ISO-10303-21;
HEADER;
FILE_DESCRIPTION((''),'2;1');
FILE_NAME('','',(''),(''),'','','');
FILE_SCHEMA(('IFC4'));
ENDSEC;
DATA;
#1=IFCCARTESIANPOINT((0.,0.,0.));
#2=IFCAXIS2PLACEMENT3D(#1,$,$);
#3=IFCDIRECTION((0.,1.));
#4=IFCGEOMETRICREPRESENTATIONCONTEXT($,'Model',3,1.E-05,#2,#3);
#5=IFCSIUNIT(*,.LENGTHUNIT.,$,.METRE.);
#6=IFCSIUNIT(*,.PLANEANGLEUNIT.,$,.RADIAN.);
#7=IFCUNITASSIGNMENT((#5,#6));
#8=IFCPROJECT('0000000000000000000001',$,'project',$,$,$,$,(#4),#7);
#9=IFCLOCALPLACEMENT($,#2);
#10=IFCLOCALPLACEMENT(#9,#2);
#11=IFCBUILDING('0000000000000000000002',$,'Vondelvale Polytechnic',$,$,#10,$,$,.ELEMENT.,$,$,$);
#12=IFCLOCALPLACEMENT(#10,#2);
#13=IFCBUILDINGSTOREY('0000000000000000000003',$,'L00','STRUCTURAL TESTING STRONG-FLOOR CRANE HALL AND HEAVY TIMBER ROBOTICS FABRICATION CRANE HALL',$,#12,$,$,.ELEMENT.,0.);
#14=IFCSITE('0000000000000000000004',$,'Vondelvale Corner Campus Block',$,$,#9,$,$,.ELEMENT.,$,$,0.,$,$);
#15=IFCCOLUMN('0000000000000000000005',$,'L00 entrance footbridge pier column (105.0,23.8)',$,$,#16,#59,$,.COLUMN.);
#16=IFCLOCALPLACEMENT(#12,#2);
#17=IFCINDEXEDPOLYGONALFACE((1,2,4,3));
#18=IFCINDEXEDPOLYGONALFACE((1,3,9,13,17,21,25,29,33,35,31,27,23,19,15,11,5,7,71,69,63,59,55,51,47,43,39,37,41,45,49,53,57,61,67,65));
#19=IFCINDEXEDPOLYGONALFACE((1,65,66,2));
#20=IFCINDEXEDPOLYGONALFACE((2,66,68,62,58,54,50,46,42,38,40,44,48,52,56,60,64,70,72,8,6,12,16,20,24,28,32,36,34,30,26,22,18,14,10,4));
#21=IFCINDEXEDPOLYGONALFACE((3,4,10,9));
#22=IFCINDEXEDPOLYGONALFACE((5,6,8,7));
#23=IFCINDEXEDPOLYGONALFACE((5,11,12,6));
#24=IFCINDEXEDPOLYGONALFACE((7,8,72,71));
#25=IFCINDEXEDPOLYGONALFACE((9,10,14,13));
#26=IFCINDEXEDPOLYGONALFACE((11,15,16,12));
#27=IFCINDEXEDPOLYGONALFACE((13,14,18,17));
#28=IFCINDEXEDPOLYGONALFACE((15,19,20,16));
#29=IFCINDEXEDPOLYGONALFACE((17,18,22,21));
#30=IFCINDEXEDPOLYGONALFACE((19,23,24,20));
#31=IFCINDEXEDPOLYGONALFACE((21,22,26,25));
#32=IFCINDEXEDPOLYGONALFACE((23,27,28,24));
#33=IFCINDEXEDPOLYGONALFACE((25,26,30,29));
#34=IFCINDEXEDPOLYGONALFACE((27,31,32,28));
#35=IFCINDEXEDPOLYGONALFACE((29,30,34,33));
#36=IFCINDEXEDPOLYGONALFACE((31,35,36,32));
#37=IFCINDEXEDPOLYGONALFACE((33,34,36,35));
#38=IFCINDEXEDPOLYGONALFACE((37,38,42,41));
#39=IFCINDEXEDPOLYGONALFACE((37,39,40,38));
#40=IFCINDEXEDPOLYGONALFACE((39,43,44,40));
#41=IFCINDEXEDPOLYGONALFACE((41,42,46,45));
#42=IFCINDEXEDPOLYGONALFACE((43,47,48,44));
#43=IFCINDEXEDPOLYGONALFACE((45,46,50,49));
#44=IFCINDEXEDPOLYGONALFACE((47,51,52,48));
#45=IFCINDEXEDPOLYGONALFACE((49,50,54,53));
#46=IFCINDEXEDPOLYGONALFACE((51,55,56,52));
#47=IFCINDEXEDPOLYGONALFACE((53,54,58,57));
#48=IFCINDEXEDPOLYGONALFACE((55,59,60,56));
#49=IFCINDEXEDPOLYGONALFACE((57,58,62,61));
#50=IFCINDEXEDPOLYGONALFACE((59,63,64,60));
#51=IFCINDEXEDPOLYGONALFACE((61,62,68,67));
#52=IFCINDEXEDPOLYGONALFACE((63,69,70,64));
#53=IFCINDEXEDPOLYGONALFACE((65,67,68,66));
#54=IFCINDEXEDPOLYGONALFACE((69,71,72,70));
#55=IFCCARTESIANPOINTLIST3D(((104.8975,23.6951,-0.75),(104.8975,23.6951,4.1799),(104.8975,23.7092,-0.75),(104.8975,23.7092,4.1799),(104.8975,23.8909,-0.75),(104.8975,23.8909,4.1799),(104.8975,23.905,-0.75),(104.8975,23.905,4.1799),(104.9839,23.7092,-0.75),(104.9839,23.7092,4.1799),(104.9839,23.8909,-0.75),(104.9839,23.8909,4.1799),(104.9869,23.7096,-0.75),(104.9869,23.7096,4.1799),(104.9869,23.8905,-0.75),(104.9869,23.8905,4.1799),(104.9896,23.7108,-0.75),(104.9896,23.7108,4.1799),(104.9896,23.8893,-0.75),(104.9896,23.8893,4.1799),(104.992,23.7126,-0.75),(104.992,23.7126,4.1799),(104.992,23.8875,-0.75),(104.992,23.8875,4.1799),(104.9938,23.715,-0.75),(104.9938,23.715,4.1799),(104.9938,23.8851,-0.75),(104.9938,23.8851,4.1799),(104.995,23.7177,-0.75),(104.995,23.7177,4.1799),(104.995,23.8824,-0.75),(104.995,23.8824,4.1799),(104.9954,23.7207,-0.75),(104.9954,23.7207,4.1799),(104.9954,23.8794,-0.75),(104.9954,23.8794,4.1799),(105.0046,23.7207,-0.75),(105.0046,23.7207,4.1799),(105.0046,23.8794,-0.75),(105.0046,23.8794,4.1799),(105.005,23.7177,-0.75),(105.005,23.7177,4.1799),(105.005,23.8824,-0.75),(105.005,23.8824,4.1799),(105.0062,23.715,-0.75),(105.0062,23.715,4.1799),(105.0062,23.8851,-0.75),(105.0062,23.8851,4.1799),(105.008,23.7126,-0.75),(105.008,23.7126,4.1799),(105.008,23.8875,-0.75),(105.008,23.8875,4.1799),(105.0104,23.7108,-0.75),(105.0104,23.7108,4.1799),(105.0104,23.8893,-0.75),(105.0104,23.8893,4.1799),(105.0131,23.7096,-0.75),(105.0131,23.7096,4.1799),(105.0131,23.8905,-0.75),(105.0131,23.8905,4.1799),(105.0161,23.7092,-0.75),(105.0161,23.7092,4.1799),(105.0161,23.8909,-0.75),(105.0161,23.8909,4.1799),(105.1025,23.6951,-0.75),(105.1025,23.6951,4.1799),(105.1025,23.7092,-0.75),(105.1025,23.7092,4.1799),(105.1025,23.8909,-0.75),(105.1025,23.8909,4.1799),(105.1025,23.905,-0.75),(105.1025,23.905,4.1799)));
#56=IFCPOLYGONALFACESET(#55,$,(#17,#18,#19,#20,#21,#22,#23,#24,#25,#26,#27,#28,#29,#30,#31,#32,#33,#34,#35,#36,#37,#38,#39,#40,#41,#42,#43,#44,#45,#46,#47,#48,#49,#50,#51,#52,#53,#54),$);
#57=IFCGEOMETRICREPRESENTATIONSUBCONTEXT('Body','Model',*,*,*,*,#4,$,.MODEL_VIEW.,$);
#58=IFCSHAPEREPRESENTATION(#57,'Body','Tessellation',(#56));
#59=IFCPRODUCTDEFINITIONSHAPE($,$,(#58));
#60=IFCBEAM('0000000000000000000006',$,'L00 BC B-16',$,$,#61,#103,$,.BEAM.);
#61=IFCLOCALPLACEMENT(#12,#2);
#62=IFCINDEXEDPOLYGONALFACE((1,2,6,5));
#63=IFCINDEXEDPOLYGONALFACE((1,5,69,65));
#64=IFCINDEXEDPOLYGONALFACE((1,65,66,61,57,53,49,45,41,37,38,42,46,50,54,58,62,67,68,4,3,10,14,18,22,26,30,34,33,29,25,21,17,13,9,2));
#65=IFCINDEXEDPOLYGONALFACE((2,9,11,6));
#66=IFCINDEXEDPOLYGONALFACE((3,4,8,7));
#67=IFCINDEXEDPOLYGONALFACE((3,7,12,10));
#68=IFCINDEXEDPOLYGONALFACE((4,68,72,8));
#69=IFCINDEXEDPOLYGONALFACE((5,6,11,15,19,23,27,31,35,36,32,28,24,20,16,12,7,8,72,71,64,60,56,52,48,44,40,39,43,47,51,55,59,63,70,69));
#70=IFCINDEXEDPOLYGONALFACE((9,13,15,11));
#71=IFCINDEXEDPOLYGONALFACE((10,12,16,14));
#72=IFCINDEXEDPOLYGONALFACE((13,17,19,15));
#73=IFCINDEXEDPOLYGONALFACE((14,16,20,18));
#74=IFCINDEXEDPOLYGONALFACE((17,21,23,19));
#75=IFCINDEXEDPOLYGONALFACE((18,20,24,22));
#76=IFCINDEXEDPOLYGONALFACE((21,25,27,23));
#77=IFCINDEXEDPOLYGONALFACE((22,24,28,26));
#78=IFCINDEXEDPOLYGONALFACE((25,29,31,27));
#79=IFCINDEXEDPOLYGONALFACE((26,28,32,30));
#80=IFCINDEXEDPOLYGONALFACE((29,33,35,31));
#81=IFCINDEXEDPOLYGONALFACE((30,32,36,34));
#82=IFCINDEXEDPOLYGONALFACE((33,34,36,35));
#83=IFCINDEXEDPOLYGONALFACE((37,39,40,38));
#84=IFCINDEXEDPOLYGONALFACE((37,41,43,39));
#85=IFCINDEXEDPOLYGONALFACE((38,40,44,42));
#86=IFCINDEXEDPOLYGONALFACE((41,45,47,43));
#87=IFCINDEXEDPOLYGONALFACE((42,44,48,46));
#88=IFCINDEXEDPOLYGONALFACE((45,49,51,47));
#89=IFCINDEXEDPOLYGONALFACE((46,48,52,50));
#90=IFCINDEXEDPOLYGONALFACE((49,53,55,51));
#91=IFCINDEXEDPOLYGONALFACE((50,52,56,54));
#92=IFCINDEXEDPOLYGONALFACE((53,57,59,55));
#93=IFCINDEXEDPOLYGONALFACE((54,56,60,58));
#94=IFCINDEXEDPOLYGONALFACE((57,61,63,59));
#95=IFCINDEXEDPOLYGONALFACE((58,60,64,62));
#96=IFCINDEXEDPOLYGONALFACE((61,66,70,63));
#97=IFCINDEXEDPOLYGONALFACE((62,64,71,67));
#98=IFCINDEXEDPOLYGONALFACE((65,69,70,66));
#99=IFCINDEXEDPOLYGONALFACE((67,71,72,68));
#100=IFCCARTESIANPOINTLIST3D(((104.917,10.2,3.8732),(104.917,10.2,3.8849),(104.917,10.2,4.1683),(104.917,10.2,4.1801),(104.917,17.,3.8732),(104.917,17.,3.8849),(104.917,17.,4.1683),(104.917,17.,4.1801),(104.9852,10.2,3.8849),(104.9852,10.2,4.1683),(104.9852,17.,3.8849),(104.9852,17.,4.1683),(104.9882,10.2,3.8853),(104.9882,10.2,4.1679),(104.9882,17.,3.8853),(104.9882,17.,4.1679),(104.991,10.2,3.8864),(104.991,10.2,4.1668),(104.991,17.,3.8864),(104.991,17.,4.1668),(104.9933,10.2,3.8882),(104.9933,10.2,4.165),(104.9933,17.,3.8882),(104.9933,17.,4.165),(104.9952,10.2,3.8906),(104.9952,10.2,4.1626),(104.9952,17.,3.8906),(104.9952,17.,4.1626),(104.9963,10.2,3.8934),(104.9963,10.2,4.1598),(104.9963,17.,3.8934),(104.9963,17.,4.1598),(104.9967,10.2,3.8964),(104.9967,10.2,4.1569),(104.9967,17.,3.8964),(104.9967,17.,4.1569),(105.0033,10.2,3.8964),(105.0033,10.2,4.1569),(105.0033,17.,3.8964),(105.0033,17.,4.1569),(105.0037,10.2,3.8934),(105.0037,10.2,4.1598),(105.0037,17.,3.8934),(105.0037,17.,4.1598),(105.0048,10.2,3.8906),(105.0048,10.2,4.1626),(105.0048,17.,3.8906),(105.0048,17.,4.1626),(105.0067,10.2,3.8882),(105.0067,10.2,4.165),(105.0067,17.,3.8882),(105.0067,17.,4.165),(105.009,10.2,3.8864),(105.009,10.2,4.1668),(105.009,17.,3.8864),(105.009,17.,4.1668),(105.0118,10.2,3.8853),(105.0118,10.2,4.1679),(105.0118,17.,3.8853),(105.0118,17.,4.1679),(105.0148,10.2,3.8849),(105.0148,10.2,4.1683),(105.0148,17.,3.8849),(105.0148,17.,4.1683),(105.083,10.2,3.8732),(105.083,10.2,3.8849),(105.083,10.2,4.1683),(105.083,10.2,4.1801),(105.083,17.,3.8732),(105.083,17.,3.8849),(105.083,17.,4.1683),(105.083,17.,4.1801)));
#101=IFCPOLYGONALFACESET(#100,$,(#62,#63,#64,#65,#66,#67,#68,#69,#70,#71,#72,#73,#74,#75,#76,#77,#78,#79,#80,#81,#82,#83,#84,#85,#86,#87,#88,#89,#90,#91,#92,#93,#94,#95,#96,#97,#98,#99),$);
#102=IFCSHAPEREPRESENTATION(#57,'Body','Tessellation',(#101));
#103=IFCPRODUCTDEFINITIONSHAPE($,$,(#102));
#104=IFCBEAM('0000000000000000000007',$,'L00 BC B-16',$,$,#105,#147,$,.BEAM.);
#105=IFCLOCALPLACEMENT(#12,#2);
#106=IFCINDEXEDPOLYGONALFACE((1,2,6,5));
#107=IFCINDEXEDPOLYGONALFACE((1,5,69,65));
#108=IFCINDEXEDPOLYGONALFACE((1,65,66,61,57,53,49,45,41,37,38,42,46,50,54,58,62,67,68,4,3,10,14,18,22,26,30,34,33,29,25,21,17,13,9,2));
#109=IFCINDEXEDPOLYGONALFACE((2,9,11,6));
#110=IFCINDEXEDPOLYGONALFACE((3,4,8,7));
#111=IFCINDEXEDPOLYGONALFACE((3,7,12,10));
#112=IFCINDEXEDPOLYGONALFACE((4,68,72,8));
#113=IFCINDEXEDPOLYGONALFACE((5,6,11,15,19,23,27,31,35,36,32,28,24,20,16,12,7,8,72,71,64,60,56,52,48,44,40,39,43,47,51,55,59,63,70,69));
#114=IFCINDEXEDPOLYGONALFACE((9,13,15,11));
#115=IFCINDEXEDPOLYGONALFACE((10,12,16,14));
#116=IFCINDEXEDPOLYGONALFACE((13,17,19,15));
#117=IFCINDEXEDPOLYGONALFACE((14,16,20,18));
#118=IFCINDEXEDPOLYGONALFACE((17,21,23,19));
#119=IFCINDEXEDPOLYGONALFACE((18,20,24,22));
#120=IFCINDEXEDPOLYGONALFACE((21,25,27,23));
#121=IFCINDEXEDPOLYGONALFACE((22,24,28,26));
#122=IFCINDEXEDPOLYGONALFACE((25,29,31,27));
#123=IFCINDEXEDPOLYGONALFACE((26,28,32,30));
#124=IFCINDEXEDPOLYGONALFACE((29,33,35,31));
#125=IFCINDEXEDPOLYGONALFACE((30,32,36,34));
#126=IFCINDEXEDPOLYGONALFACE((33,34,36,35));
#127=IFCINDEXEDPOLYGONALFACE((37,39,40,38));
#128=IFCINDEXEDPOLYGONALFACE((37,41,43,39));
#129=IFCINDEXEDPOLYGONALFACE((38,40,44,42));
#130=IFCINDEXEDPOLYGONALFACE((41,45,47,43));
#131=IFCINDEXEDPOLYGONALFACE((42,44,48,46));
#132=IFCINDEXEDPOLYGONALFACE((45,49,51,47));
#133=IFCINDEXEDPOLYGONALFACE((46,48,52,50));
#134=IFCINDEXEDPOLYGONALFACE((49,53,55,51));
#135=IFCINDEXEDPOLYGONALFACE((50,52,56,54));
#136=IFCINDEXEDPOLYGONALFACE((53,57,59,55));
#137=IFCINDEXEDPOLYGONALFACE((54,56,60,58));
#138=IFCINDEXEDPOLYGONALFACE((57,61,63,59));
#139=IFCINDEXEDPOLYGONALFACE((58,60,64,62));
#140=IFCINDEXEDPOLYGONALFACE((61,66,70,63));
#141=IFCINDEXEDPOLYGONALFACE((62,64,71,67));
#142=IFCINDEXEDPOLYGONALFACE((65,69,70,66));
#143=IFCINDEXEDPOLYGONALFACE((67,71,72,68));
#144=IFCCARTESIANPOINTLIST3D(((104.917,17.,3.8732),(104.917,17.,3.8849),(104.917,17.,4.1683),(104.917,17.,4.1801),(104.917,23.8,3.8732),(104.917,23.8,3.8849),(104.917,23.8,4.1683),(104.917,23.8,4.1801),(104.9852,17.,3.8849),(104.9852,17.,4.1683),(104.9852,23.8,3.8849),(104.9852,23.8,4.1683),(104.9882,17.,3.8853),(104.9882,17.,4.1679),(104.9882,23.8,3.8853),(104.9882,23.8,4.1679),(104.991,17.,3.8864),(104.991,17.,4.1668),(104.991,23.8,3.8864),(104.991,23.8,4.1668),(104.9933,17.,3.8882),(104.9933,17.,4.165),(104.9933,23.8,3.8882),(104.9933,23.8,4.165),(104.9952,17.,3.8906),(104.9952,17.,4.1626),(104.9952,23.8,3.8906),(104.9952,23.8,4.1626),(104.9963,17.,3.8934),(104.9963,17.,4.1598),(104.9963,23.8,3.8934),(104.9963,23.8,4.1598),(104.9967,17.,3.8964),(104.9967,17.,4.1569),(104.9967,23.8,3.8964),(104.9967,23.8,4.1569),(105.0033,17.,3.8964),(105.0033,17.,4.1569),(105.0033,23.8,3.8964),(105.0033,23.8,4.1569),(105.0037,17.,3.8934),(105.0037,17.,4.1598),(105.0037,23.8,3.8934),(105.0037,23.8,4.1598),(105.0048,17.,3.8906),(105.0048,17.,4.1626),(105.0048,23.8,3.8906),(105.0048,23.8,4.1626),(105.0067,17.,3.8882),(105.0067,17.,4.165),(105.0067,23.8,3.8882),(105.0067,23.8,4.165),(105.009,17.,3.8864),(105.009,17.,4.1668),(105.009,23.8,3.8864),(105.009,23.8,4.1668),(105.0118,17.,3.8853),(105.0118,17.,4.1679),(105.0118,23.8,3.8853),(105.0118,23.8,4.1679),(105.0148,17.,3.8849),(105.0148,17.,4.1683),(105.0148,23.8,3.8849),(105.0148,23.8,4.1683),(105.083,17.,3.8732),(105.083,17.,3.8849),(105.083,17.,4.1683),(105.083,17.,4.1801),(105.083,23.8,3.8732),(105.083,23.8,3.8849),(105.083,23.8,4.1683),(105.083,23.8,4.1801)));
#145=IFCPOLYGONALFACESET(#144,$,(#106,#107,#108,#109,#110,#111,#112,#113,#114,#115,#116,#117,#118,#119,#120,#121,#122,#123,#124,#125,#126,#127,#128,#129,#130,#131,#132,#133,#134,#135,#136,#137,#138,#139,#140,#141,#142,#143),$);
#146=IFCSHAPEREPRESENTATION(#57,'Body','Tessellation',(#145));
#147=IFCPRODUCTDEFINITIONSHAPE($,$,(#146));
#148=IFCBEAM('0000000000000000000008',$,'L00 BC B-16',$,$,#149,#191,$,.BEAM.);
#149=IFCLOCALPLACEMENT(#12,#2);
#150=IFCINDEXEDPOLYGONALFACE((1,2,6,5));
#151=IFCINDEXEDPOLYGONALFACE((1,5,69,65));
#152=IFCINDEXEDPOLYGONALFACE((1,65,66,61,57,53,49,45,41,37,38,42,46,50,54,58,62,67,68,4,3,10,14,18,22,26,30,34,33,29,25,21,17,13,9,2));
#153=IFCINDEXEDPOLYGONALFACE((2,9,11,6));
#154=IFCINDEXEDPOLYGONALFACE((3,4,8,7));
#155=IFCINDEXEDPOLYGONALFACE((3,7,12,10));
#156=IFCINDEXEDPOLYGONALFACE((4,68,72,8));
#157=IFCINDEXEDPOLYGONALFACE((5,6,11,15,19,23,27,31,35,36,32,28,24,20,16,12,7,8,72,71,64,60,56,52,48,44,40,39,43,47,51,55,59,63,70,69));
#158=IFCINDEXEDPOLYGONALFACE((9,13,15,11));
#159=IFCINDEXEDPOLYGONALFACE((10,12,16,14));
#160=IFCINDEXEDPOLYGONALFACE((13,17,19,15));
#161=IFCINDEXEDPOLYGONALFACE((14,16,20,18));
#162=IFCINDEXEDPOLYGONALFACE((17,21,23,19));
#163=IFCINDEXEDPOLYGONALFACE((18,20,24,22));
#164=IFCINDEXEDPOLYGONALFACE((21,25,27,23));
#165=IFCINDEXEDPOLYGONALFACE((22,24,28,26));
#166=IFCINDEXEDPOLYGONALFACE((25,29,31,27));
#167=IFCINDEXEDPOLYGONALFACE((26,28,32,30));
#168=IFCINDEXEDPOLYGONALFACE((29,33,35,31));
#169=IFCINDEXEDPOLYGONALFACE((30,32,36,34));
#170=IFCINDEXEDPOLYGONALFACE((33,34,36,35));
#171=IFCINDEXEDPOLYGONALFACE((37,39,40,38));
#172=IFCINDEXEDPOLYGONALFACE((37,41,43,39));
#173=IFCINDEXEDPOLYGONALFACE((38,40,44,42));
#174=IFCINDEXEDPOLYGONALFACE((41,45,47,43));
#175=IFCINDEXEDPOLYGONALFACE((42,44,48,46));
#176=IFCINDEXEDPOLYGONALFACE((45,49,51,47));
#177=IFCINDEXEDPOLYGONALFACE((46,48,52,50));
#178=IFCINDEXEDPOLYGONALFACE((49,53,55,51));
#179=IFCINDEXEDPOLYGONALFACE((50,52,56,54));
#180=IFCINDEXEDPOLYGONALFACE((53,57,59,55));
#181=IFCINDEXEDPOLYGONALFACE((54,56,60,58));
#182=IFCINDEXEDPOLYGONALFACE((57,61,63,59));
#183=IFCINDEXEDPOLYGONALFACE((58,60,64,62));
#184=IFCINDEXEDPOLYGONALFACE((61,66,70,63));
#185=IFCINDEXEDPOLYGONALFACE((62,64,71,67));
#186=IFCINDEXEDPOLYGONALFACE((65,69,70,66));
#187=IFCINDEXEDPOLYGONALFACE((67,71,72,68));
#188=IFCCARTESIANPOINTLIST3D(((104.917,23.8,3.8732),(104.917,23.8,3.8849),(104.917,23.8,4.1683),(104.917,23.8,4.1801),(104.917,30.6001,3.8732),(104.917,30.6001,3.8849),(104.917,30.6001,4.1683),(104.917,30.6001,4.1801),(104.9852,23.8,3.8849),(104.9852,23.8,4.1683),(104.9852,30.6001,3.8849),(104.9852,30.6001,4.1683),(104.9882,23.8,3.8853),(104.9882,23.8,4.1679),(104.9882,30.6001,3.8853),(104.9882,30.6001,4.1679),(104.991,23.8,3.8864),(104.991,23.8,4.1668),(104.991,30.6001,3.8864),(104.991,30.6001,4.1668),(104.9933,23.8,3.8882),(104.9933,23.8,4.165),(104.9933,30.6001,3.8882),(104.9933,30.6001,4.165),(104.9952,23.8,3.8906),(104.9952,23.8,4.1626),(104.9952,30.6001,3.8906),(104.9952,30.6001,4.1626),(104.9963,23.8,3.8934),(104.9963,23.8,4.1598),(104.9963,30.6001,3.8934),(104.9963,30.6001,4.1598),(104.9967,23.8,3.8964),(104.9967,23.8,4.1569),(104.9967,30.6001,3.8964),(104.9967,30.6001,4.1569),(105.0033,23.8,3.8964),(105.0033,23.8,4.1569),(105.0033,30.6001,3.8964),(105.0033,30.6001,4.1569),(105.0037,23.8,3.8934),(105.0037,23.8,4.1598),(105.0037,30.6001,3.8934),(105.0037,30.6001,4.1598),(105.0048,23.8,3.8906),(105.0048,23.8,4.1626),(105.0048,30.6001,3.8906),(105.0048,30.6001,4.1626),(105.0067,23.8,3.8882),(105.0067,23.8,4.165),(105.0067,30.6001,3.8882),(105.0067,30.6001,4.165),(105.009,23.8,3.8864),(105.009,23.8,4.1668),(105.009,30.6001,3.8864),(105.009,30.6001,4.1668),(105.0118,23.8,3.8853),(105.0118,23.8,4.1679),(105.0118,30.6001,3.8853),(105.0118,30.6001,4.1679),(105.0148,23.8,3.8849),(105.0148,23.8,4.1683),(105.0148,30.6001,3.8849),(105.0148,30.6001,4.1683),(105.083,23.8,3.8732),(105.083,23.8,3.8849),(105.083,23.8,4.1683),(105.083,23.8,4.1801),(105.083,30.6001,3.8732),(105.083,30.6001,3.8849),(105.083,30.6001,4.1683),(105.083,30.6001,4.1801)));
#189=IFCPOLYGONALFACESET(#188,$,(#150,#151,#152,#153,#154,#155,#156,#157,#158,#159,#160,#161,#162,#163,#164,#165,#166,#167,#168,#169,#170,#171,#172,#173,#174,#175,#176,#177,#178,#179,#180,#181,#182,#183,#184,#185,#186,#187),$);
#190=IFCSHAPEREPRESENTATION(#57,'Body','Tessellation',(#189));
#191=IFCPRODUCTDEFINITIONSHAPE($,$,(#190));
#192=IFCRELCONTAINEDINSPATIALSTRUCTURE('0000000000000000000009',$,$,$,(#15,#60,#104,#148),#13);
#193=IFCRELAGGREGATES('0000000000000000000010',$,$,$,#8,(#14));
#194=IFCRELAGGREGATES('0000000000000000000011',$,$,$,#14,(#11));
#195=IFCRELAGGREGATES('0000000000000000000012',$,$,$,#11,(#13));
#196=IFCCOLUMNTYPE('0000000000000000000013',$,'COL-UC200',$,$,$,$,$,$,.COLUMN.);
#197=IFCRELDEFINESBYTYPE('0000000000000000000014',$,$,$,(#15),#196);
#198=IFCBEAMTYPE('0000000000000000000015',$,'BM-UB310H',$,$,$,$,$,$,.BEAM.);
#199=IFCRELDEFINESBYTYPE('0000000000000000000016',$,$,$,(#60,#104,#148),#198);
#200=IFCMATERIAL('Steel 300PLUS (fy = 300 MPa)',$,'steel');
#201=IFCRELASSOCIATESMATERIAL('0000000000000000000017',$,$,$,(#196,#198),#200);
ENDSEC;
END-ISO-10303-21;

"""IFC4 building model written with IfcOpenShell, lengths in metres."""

from ifc_helpers import new_model, si_unit, direction, frame, origin, origin_2d, place, context, subcontext, project, spatial, i_section, extrude, material, material_profile, profile_set, type_object, element, save


model = new_model("IFC4")

# Units and contexts
model_context = context("Model", 3, precision=1e-05, world=origin(), true_north=direction((0.0, 1.0)))
body_context = subcontext(model_context, "Body", "Model", "MODEL_VIEW")
ifc_project = project(units=[si_unit("LENGTHUNIT", "METRE"), si_unit("PLANEANGLEUNIT", "RADIAN")], contexts=[model_context])

# Site, building, storey
site_placement = place(None, origin())
site = spatial("IfcSite", under=ifc_project, at=site_placement, Name="Vondelvale Corner Campus Block", CompositionType="ELEMENT", RefElevation=0.0)
building_placement = place(site_placement, origin())
building = spatial("IfcBuilding", under=site, at=building_placement, Name="Vondelvale Polytechnic", CompositionType="ELEMENT")
storey_placement = place(building_placement, origin())
storey = spatial("IfcBuildingStorey", under=building, at=storey_placement, Name="L00", Description="STRUCTURAL TESTING STRONG-FLOOR CRANE HALL AND HEAVY TIMBER ROBOTICS FABRICATION CRANE HALL", CompositionType="ELEMENT", Elevation=0.0)

# Column
ifc_material_1 = material(Name="Steel 300PLUS (fy = 300 MPa)", Category="steel")
ifc_material_profile_1 = material_profile(ifc_material_1, i_section(OverallWidth=0.2051, OverallDepth=0.21, WebThickness=0.0093, FlangeThickness=0.0142, FilletRadius=0.0115, at=origin_2d()), Name="200UC59.5")
ifc_profile_set_1 = profile_set([ifc_material_profile_1], Name="Steel 300PLUS (fy = 300 MPa)")
column_type_1 = type_object("IfcColumnType", Name="COL-UC200", PredefinedType="COLUMN", material=ifc_profile_set_1)
for number, where, z_axis, x_axis, name in (
    (1, (105.0, 23.8, -0.75), (0.0, 0.0, 1.0), (1.0, 0.0, 0.0), "L00 entrance footbridge pier column (105.0,23.8)"),
):
    element("IfcColumn", number, at=place(storey_placement, frame(where, z_axis=z_axis, x_axis=x_axis)), inside=storey, type_object=column_type_1, Name=name, PredefinedType="COLUMN", context=body_context, shape_type="SweptSolid", body=[
        extrude(i_section(OverallWidth=0.2051, OverallDepth=0.21, WebThickness=0.0093, FlangeThickness=0.0142, FilletRadius=0.0115, at=origin_2d()), origin(), (0.0, 0.0, 1.0), 4.9299),
    ])

# Beams
ifc_material_profile_2 = material_profile(ifc_material_1, i_section(OverallWidth=0.166, OverallDepth=0.3069, WebThickness=0.0066, FlangeThickness=0.0117, FilletRadius=0.0115, at=origin_2d()), Name="310UB46.2")
ifc_profile_set_2 = profile_set([ifc_material_profile_2], Name="Steel 300PLUS (fy = 300 MPa)")
beam_type_1 = type_object("IfcBeamType", Name="BM-UB310H", PredefinedType="BEAM", material=ifc_profile_set_2)
for number, where, z_axis, x_axis, name in (
    (2, (105.0, 10.2, 4.0266), (0.0, 1.0, 0.0), (-1.0, 0.0, 0.0), "L00 BC B-16"),
    (3, (105.0, 17.0, 4.0266), (0.0, 1.0, 0.0), (-1.0, 0.0, 0.0), "L00 BC B-16"),
    (4, (105.0, 23.8, 4.0266), (0.0, 1.0, 0.0), (-1.0, 0.0, 0.0), "L00 BC B-16"),
):
    element("IfcBeam", number, at=place(storey_placement, frame(where, z_axis=z_axis, x_axis=x_axis)), inside=storey, type_object=beam_type_1, Name=name, PredefinedType="BEAM", context=body_context, shape_type="SweptSolid", body=[
        extrude(i_section(OverallWidth=0.166, OverallDepth=0.3069, WebThickness=0.0066, FlangeThickness=0.0117, FilletRadius=0.0115, at=origin_2d()), origin(), (0.0, 0.0, 1.0), 6.8),
    ])

save(model, "model.ifc")
